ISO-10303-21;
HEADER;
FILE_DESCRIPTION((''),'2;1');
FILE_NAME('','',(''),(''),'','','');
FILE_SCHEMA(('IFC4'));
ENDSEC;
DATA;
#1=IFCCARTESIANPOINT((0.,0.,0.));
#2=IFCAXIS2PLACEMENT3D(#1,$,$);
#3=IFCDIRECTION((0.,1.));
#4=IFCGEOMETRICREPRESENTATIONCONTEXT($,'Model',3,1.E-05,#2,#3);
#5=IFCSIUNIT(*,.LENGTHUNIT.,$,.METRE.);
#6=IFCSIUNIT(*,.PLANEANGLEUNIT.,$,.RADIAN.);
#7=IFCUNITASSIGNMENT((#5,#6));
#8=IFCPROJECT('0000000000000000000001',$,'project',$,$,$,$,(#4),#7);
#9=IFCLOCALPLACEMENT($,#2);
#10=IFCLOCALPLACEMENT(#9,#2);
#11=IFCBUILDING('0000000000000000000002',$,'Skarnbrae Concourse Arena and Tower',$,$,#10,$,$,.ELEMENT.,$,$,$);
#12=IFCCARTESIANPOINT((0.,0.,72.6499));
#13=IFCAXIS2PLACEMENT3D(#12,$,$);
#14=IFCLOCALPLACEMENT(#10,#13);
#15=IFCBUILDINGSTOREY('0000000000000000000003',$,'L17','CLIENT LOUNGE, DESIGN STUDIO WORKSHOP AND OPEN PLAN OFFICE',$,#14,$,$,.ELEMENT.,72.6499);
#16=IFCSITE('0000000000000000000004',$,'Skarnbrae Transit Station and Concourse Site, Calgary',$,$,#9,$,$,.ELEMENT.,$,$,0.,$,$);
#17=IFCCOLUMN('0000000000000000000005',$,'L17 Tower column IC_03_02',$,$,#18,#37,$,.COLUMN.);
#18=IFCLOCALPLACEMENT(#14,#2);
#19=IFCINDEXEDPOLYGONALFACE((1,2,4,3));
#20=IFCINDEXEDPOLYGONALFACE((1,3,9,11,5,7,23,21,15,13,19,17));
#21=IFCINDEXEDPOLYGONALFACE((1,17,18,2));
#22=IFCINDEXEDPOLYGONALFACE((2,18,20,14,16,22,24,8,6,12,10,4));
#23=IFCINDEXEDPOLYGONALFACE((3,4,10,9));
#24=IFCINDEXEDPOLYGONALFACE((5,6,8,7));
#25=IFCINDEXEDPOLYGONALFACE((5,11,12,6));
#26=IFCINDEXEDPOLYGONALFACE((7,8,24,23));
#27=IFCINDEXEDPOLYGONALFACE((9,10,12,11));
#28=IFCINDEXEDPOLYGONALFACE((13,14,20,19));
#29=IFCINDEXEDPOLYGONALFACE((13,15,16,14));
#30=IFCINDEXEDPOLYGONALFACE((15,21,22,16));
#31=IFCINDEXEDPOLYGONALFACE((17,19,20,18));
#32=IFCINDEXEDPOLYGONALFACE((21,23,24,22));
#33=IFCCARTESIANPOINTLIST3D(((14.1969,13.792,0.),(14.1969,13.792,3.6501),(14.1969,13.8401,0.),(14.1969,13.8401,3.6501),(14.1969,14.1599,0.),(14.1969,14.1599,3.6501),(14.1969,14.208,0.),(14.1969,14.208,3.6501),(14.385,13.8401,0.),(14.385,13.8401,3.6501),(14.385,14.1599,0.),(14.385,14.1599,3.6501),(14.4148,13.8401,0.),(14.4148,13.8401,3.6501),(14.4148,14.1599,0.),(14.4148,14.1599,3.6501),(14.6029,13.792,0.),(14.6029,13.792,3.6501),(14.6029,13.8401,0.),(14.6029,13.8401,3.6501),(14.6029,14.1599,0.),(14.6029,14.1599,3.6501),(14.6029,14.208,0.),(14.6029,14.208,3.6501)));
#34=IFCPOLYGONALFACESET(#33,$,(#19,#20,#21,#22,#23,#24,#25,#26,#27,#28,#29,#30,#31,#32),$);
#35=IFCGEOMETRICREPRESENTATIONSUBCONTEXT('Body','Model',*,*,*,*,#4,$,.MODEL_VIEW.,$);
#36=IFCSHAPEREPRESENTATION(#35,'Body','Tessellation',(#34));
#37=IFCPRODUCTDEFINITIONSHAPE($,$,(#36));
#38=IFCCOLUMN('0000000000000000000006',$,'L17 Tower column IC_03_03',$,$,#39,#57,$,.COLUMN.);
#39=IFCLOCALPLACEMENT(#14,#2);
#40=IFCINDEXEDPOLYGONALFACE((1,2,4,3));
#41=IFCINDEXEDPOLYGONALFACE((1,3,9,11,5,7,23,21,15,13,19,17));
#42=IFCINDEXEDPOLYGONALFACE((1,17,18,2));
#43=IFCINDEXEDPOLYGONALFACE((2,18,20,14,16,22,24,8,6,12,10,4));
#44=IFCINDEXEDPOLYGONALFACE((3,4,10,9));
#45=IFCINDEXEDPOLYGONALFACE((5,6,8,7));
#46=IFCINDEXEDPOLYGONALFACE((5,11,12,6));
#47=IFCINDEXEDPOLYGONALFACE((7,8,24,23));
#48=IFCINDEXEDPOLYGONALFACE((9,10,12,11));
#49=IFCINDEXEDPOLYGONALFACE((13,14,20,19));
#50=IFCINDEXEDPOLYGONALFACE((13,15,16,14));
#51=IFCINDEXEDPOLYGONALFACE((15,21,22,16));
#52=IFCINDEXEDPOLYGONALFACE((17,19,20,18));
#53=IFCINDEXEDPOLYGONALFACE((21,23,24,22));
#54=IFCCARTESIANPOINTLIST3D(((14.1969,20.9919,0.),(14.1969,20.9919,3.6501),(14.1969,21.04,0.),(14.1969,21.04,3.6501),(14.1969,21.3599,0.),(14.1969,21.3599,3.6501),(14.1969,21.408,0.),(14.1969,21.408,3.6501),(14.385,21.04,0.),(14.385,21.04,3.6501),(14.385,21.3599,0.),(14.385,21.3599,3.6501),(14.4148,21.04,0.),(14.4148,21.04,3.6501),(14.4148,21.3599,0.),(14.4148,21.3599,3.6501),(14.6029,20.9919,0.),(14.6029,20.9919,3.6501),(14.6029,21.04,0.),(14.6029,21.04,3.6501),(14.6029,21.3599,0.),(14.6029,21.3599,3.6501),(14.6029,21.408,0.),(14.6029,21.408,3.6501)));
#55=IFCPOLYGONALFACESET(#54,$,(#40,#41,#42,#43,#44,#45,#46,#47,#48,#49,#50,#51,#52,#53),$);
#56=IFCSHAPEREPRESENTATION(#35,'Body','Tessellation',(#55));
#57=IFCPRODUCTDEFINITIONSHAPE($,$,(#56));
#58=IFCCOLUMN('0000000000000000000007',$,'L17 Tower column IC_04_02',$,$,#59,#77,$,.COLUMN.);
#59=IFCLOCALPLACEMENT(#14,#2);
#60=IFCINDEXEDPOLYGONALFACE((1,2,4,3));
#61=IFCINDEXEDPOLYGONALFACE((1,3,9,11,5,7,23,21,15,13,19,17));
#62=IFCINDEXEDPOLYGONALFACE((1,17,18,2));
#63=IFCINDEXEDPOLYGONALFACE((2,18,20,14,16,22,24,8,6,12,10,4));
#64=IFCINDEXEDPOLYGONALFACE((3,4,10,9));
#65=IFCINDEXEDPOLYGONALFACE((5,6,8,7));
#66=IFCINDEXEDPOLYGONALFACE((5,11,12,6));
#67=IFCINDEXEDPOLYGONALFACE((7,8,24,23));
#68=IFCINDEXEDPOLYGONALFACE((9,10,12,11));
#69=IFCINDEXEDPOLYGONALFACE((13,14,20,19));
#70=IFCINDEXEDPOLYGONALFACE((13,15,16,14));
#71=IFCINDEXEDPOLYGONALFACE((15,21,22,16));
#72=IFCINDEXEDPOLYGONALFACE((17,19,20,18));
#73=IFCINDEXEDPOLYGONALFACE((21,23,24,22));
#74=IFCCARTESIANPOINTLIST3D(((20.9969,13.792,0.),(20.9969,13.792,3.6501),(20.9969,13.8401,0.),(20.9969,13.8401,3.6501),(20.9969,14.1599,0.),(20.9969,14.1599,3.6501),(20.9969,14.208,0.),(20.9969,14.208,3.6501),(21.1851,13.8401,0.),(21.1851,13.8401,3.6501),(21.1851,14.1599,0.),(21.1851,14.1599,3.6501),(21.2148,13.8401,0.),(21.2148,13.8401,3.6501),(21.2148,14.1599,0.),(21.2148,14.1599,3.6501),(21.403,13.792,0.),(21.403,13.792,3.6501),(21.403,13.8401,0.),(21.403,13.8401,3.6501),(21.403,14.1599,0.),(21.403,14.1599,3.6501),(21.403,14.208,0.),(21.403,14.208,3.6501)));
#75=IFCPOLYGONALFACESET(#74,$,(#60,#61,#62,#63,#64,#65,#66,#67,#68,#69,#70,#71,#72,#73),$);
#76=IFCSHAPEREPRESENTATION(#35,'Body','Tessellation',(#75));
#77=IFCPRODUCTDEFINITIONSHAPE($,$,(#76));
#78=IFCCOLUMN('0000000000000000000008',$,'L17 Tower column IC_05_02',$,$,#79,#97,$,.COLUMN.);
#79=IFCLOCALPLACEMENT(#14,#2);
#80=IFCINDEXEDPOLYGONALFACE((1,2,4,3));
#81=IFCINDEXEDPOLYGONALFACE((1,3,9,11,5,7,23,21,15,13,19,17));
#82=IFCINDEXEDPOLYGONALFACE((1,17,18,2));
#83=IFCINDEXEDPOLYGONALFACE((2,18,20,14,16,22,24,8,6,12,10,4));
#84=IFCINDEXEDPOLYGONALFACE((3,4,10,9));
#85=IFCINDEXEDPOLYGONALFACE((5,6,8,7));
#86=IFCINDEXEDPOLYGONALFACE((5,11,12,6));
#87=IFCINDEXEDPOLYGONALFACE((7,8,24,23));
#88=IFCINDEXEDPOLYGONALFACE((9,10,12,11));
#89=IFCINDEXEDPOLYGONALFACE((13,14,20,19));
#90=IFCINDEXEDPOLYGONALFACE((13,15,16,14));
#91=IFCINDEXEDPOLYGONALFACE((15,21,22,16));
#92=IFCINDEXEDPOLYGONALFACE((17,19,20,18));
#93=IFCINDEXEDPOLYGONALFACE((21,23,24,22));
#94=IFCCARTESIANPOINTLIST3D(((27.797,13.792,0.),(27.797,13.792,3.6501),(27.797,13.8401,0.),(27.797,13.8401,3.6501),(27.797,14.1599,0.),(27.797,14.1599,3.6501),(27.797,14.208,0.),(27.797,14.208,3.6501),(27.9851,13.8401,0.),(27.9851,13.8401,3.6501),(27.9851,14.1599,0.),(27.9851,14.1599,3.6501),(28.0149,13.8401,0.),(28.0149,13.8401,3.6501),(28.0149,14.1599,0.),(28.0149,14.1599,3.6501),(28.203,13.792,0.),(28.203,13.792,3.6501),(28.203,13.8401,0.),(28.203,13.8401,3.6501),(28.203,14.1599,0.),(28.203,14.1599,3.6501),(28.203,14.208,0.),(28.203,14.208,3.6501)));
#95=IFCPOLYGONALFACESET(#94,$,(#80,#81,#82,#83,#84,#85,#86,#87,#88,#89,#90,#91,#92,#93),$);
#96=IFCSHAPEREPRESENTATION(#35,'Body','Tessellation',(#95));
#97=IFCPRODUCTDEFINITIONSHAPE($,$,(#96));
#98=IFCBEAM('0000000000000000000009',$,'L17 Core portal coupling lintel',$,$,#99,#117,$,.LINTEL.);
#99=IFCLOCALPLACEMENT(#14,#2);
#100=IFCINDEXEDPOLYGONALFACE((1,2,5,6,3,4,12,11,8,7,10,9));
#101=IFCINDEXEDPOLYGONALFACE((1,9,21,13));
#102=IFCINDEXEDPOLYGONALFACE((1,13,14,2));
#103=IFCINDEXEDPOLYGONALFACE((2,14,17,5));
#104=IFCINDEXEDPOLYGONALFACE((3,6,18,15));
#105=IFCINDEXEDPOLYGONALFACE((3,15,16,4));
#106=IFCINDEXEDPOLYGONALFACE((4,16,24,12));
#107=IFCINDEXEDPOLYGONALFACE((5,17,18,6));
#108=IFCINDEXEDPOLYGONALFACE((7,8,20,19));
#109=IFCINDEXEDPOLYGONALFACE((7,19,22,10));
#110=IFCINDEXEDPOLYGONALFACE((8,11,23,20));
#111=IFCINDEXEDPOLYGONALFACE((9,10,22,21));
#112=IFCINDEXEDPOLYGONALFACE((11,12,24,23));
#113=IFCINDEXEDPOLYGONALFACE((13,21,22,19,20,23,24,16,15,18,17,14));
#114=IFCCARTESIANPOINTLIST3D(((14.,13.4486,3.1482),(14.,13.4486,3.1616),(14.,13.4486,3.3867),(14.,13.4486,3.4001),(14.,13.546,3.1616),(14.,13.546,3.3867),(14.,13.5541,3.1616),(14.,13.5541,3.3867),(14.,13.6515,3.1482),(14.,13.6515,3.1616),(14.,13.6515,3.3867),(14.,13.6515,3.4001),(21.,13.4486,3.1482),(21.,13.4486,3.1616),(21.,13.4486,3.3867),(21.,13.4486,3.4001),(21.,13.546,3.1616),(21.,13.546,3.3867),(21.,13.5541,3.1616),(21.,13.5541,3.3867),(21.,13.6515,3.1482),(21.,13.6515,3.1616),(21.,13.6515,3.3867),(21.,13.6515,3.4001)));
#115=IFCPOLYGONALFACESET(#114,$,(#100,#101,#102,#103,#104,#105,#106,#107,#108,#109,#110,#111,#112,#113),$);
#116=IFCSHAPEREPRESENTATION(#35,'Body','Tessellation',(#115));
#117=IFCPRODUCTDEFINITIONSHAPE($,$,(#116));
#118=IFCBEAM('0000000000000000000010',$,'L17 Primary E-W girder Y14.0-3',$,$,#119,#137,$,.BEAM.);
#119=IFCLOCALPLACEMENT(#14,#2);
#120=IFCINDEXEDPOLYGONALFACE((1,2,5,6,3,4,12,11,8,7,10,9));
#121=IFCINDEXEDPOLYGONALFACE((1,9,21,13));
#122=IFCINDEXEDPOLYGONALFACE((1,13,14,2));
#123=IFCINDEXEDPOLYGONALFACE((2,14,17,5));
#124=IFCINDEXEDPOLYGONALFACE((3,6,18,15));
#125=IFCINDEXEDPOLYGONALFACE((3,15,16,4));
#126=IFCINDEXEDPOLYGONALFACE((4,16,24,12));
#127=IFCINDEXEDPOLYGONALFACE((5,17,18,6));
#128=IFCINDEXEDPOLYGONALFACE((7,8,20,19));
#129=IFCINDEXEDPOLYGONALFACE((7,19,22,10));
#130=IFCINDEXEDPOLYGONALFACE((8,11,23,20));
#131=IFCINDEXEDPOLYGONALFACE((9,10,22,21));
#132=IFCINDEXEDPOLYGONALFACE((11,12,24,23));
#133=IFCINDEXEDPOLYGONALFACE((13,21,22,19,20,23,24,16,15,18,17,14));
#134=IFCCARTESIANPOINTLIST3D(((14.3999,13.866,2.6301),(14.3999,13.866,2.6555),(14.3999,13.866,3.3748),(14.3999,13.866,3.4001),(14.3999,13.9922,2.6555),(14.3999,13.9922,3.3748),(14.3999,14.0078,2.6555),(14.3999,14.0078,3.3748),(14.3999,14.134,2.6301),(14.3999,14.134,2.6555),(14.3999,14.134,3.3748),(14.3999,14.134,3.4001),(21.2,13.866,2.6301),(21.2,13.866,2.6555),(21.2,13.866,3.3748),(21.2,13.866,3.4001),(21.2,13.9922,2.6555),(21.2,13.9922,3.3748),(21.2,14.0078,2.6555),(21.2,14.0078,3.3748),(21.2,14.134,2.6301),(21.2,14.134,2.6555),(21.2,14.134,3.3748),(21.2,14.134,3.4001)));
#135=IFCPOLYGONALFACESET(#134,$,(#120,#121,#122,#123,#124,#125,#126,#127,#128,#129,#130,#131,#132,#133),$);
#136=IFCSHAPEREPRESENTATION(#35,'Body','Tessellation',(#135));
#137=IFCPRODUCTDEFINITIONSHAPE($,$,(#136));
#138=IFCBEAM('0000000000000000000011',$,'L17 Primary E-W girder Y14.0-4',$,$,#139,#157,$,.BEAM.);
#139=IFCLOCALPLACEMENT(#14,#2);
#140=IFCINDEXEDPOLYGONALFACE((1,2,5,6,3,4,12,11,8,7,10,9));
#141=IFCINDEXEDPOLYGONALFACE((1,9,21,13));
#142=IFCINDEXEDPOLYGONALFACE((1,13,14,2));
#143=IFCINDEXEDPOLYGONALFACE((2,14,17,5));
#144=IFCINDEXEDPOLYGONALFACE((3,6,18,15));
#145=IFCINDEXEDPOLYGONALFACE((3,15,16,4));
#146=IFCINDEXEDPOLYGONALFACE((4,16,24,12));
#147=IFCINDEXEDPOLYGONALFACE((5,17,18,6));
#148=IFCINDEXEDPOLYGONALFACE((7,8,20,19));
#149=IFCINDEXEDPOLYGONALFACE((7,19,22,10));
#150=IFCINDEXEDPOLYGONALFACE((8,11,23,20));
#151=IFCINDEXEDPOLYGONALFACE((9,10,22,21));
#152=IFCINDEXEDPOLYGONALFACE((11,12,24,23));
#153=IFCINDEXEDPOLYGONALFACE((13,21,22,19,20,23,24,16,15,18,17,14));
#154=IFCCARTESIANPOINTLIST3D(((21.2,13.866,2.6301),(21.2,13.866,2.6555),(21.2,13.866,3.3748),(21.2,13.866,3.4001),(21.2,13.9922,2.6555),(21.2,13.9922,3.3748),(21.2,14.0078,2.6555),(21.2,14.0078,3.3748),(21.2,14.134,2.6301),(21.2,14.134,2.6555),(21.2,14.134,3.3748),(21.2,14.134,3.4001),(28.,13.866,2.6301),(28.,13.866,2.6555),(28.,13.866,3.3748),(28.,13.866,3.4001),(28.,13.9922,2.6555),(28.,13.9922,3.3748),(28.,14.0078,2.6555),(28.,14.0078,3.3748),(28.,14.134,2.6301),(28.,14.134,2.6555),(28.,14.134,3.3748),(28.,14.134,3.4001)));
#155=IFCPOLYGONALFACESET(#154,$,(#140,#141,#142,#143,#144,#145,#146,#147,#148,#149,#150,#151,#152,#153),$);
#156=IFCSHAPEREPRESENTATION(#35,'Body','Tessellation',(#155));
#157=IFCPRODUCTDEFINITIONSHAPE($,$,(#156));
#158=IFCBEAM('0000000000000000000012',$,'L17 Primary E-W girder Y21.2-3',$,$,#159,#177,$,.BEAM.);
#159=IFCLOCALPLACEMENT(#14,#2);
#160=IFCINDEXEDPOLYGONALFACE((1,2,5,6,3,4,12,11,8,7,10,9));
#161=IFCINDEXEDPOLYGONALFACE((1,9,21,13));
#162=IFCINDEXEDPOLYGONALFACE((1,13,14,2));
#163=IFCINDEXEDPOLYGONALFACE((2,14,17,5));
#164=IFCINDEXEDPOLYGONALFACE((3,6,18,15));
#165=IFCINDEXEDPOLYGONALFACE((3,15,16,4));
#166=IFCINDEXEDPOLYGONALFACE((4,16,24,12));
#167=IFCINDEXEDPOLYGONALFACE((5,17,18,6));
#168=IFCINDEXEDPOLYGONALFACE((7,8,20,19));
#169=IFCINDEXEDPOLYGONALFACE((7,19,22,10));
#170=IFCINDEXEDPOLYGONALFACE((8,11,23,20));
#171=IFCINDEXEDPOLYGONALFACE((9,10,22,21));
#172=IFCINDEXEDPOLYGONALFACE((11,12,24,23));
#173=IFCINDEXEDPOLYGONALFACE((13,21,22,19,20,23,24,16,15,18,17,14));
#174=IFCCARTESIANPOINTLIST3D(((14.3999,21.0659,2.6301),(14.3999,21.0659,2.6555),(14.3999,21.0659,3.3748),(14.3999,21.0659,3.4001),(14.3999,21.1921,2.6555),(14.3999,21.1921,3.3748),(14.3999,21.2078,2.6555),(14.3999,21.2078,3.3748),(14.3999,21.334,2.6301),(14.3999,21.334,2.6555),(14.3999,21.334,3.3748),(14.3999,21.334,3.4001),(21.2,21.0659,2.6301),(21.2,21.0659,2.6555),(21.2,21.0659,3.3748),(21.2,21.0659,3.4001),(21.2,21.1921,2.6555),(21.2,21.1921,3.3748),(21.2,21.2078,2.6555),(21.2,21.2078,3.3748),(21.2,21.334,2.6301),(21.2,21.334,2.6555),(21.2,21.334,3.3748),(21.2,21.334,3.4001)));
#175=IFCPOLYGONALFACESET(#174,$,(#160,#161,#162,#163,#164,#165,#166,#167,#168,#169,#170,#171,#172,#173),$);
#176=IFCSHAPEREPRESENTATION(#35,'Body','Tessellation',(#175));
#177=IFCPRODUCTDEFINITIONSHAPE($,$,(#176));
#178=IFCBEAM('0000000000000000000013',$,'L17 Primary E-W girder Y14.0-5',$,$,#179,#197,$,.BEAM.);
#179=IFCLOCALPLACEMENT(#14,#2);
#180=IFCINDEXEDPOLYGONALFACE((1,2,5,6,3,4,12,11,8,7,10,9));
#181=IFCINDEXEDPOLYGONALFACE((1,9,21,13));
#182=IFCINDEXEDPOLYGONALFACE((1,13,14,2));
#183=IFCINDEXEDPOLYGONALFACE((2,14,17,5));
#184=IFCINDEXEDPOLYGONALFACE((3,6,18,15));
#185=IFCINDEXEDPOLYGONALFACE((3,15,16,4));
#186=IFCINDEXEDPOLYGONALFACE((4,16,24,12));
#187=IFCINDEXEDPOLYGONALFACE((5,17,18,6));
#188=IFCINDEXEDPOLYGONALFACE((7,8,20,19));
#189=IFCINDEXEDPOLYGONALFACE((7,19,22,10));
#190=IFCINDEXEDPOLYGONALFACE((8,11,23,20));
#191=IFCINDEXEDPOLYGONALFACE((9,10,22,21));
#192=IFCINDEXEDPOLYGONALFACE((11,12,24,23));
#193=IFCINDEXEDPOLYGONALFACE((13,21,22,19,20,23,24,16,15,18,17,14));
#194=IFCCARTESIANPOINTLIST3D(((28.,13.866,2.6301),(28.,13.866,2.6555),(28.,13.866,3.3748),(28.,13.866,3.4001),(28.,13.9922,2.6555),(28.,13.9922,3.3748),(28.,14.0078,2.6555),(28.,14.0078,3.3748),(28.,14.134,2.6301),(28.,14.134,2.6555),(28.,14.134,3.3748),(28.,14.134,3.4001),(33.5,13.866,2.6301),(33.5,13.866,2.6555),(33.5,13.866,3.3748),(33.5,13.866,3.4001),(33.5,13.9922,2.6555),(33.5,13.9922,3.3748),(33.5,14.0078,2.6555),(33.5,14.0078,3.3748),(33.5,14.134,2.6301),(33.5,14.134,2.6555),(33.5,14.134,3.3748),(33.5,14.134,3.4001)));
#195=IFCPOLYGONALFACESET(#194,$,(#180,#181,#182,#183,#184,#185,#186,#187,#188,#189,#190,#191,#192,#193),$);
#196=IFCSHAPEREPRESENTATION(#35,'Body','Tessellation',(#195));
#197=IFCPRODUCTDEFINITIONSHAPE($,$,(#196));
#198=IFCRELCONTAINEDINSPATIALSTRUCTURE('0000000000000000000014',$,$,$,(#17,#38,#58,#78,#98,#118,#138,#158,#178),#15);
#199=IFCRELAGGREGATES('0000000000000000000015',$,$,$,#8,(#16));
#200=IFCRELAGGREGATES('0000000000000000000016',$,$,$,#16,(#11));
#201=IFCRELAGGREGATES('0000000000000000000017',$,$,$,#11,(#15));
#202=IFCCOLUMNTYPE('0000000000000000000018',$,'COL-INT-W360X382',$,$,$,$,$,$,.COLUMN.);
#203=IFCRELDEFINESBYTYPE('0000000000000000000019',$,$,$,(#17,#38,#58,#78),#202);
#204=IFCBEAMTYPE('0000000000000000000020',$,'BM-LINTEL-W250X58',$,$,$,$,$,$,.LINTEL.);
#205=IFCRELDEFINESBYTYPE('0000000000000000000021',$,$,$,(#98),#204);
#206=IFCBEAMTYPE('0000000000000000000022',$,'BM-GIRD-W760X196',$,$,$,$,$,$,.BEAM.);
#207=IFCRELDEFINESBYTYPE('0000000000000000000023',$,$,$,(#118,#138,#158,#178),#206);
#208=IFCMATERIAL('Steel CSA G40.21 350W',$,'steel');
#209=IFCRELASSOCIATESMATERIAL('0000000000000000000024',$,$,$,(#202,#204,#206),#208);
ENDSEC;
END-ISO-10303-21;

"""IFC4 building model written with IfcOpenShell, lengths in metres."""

from ifc_helpers import new_model, si_unit, direction, frame, origin, origin_2d, place, context, subcontext, project, spatial, i_section, extrude, source, transform, mapped, material, material_profile, profile_set, type_object, element, save


model = new_model("IFC4")

# Units and contexts
model_context = context("Model", 3, precision=1e-05, world=origin(), true_north=direction((0.0, 1.0)))
body_context = subcontext(model_context, "Body", "Model", "MODEL_VIEW")
ifc_project = project(units=[si_unit("LENGTHUNIT", "METRE"), si_unit("PLANEANGLEUNIT", "RADIAN")], contexts=[model_context])

# Site, building, storey
site_placement = place(None, origin())
site = spatial("IfcSite", under=ifc_project, at=site_placement, Name="Skarnbrae Transit Station and Concourse Site, Calgary", CompositionType="ELEMENT", RefElevation=0.0)
building_placement = place(site_placement, origin())
building = spatial("IfcBuilding", under=site, at=building_placement, Name="Skarnbrae Concourse Arena and Tower", CompositionType="ELEMENT")
storey_placement = place(building_placement, frame((0.0, 0.0, 72.6499)))
storey = spatial("IfcBuildingStorey", under=building, at=storey_placement, Name="L17", Description="CLIENT LOUNGE, DESIGN STUDIO WORKSHOP AND OPEN PLAN OFFICE", CompositionType="ELEMENT", Elevation=72.6499)

# Columns
ifc_material_1 = material(Name="Steel CSA G40.21 350W", Category="steel")
ifc_material_profile_1 = material_profile(ifc_material_1, i_section(OverallWidth=0.406, OverallDepth=0.416, WebThickness=0.0298, FlangeThickness=0.0481, at=origin_2d()), Name="W360X382")
ifc_profile_set_1 = profile_set([ifc_material_profile_1], Name="Steel CSA G40.21 350W")
column_type = type_object("IfcColumnType", Name="COL-INT-W360X382", PredefinedType="COLUMN", material=ifc_profile_set_1)
shared_shape_1 = source(origin(), body_context, "Body", "SweptSolid", [
    extrude(i_section(OverallWidth=0.406, OverallDepth=0.416, WebThickness=0.0298, FlangeThickness=0.0481, at=origin_2d()), origin(), (0.0, 0.0, 1.0), 3.6501),
])
for number, where, z_axis, x_axis, name in (
    (1, (14.3999, 14.0, 0.0), (0.0, 0.0, 1.0), (1.0, 0.0, 0.0), "L17 Tower column IC_03_02"),
    (2, (14.3999, 21.2, 0.0), (0.0, 0.0, 1.0), (1.0, 0.0, 0.0), "L17 Tower column IC_03_03"),
    (3, (21.2, 14.0, 0.0), (0.0, 0.0, 1.0), (1.0, 0.0, 0.0), "L17 Tower column IC_04_02"),
    (4, (28.0, 14.0, 0.0), (0.0, 0.0, 1.0), (1.0, 0.0, 0.0), "L17 Tower column IC_05_02"),
):
    element("IfcColumn", number, at=place(storey_placement, frame(where, z_axis=z_axis, x_axis=x_axis)), inside=storey, type_object=column_type, Name=name, PredefinedType="COLUMN", context=body_context, shape_type="MappedRepresentation", body=[
        mapped(shared_shape_1, transform((0.0, 0.0, 0.0))),
    ])

# Beams
ifc_material_profile_2 = material_profile(ifc_material_1, i_section(OverallWidth=0.2029, OverallDepth=0.252, WebThickness=0.0081, FlangeThickness=0.0134, at=origin_2d()), Name="W250X58")
ifc_profile_set_2 = profile_set([ifc_material_profile_2], Name="Steel CSA G40.21 350W")
beam_type_1 = type_object("IfcBeamType", Name="BM-LINTEL-W250X58", PredefinedType="LINTEL", material=ifc_profile_set_2)
shared_shape_2 = source(origin(), body_context, "Body", "SweptSolid", [
    extrude(i_section(OverallWidth=0.2029, OverallDepth=0.252, WebThickness=0.0081, FlangeThickness=0.0134, at=origin_2d()), origin(), (0.0, 0.0, 1.0), 7.0),
])
beam_1_placement = place(storey_placement, frame((14.0, 13.55, 3.2742), z_axis=(1.0, 0.0, 0.0), x_axis=(0.0, 1.0, 0.0)))
element("IfcBeam", 5, at=beam_1_placement, inside=storey, type_object=beam_type_1, Name="L17 Core portal coupling lintel", PredefinedType="LINTEL", context=body_context, shape_type="MappedRepresentation", body=[
    mapped(shared_shape_2, transform((0.0, 0.0, 0.0))),
])
ifc_material_profile_3 = material_profile(ifc_material_1, i_section(OverallWidth=0.2681, OverallDepth=0.77, WebThickness=0.0156, FlangeThickness=0.0254, at=origin_2d()), Name="W760X196")
ifc_profile_set_3 = profile_set([ifc_material_profile_3], Name="Steel CSA G40.21 350W")
beam_type_2 = type_object("IfcBeamType", Name="BM-GIRD-W760X196", PredefinedType="BEAM", material=ifc_profile_set_3)
shared_shape_3 = source(origin(), body_context, "Body", "SweptSolid", [
    extrude(i_section(OverallWidth=0.2681, OverallDepth=0.77, WebThickness=0.0156, FlangeThickness=0.0254, at=origin_2d()), origin(), (0.0, 0.0, 1.0), 6.8),
])
for number, where, z_axis, x_axis, name in (
    (6, (14.3999, 14.0, 3.0151), (1.0, 0.0, 0.0), (0.0, 1.0, 0.0), "L17 Primary E-W girder Y14.0-3"),
    (7, (21.2, 14.0, 3.0151), (1.0, 0.0, 0.0), (0.0, 1.0, 0.0), "L17 Primary E-W girder Y14.0-4"),
    (8, (14.3999, 21.2, 3.0151), (1.0, 0.0, 0.0), (0.0, 1.0, 0.0), "L17 Primary E-W girder Y21.2-3"),
):
    element("IfcBeam", number, at=place(storey_placement, frame(where, z_axis=z_axis, x_axis=x_axis)), inside=storey, type_object=beam_type_2, Name=name, PredefinedType="BEAM", context=body_context, shape_type="MappedRepresentation", body=[
        mapped(shared_shape_3, transform((0.0, 0.0, 0.0))),
    ])
shared_shape_4 = source(origin(), body_context, "Body", "SweptSolid", [
    extrude(i_section(OverallWidth=0.2681, OverallDepth=0.77, WebThickness=0.0156, FlangeThickness=0.0254, at=origin_2d()), origin(), (0.0, 0.0, 1.0), 5.5),
])
beam_2_placement = place(storey_placement, frame((28.0, 14.0, 3.0151), z_axis=(1.0, 0.0, 0.0), x_axis=(0.0, 1.0, 0.0)))
element("IfcBeam", 9, at=beam_2_placement, inside=storey, type_object=beam_type_2, Name="L17 Primary E-W girder Y14.0-5", PredefinedType="BEAM", context=body_context, shape_type="MappedRepresentation", body=[
    mapped(shared_shape_4, transform((0.0, 0.0, 0.0))),
])

save(model, "model.ifc")
